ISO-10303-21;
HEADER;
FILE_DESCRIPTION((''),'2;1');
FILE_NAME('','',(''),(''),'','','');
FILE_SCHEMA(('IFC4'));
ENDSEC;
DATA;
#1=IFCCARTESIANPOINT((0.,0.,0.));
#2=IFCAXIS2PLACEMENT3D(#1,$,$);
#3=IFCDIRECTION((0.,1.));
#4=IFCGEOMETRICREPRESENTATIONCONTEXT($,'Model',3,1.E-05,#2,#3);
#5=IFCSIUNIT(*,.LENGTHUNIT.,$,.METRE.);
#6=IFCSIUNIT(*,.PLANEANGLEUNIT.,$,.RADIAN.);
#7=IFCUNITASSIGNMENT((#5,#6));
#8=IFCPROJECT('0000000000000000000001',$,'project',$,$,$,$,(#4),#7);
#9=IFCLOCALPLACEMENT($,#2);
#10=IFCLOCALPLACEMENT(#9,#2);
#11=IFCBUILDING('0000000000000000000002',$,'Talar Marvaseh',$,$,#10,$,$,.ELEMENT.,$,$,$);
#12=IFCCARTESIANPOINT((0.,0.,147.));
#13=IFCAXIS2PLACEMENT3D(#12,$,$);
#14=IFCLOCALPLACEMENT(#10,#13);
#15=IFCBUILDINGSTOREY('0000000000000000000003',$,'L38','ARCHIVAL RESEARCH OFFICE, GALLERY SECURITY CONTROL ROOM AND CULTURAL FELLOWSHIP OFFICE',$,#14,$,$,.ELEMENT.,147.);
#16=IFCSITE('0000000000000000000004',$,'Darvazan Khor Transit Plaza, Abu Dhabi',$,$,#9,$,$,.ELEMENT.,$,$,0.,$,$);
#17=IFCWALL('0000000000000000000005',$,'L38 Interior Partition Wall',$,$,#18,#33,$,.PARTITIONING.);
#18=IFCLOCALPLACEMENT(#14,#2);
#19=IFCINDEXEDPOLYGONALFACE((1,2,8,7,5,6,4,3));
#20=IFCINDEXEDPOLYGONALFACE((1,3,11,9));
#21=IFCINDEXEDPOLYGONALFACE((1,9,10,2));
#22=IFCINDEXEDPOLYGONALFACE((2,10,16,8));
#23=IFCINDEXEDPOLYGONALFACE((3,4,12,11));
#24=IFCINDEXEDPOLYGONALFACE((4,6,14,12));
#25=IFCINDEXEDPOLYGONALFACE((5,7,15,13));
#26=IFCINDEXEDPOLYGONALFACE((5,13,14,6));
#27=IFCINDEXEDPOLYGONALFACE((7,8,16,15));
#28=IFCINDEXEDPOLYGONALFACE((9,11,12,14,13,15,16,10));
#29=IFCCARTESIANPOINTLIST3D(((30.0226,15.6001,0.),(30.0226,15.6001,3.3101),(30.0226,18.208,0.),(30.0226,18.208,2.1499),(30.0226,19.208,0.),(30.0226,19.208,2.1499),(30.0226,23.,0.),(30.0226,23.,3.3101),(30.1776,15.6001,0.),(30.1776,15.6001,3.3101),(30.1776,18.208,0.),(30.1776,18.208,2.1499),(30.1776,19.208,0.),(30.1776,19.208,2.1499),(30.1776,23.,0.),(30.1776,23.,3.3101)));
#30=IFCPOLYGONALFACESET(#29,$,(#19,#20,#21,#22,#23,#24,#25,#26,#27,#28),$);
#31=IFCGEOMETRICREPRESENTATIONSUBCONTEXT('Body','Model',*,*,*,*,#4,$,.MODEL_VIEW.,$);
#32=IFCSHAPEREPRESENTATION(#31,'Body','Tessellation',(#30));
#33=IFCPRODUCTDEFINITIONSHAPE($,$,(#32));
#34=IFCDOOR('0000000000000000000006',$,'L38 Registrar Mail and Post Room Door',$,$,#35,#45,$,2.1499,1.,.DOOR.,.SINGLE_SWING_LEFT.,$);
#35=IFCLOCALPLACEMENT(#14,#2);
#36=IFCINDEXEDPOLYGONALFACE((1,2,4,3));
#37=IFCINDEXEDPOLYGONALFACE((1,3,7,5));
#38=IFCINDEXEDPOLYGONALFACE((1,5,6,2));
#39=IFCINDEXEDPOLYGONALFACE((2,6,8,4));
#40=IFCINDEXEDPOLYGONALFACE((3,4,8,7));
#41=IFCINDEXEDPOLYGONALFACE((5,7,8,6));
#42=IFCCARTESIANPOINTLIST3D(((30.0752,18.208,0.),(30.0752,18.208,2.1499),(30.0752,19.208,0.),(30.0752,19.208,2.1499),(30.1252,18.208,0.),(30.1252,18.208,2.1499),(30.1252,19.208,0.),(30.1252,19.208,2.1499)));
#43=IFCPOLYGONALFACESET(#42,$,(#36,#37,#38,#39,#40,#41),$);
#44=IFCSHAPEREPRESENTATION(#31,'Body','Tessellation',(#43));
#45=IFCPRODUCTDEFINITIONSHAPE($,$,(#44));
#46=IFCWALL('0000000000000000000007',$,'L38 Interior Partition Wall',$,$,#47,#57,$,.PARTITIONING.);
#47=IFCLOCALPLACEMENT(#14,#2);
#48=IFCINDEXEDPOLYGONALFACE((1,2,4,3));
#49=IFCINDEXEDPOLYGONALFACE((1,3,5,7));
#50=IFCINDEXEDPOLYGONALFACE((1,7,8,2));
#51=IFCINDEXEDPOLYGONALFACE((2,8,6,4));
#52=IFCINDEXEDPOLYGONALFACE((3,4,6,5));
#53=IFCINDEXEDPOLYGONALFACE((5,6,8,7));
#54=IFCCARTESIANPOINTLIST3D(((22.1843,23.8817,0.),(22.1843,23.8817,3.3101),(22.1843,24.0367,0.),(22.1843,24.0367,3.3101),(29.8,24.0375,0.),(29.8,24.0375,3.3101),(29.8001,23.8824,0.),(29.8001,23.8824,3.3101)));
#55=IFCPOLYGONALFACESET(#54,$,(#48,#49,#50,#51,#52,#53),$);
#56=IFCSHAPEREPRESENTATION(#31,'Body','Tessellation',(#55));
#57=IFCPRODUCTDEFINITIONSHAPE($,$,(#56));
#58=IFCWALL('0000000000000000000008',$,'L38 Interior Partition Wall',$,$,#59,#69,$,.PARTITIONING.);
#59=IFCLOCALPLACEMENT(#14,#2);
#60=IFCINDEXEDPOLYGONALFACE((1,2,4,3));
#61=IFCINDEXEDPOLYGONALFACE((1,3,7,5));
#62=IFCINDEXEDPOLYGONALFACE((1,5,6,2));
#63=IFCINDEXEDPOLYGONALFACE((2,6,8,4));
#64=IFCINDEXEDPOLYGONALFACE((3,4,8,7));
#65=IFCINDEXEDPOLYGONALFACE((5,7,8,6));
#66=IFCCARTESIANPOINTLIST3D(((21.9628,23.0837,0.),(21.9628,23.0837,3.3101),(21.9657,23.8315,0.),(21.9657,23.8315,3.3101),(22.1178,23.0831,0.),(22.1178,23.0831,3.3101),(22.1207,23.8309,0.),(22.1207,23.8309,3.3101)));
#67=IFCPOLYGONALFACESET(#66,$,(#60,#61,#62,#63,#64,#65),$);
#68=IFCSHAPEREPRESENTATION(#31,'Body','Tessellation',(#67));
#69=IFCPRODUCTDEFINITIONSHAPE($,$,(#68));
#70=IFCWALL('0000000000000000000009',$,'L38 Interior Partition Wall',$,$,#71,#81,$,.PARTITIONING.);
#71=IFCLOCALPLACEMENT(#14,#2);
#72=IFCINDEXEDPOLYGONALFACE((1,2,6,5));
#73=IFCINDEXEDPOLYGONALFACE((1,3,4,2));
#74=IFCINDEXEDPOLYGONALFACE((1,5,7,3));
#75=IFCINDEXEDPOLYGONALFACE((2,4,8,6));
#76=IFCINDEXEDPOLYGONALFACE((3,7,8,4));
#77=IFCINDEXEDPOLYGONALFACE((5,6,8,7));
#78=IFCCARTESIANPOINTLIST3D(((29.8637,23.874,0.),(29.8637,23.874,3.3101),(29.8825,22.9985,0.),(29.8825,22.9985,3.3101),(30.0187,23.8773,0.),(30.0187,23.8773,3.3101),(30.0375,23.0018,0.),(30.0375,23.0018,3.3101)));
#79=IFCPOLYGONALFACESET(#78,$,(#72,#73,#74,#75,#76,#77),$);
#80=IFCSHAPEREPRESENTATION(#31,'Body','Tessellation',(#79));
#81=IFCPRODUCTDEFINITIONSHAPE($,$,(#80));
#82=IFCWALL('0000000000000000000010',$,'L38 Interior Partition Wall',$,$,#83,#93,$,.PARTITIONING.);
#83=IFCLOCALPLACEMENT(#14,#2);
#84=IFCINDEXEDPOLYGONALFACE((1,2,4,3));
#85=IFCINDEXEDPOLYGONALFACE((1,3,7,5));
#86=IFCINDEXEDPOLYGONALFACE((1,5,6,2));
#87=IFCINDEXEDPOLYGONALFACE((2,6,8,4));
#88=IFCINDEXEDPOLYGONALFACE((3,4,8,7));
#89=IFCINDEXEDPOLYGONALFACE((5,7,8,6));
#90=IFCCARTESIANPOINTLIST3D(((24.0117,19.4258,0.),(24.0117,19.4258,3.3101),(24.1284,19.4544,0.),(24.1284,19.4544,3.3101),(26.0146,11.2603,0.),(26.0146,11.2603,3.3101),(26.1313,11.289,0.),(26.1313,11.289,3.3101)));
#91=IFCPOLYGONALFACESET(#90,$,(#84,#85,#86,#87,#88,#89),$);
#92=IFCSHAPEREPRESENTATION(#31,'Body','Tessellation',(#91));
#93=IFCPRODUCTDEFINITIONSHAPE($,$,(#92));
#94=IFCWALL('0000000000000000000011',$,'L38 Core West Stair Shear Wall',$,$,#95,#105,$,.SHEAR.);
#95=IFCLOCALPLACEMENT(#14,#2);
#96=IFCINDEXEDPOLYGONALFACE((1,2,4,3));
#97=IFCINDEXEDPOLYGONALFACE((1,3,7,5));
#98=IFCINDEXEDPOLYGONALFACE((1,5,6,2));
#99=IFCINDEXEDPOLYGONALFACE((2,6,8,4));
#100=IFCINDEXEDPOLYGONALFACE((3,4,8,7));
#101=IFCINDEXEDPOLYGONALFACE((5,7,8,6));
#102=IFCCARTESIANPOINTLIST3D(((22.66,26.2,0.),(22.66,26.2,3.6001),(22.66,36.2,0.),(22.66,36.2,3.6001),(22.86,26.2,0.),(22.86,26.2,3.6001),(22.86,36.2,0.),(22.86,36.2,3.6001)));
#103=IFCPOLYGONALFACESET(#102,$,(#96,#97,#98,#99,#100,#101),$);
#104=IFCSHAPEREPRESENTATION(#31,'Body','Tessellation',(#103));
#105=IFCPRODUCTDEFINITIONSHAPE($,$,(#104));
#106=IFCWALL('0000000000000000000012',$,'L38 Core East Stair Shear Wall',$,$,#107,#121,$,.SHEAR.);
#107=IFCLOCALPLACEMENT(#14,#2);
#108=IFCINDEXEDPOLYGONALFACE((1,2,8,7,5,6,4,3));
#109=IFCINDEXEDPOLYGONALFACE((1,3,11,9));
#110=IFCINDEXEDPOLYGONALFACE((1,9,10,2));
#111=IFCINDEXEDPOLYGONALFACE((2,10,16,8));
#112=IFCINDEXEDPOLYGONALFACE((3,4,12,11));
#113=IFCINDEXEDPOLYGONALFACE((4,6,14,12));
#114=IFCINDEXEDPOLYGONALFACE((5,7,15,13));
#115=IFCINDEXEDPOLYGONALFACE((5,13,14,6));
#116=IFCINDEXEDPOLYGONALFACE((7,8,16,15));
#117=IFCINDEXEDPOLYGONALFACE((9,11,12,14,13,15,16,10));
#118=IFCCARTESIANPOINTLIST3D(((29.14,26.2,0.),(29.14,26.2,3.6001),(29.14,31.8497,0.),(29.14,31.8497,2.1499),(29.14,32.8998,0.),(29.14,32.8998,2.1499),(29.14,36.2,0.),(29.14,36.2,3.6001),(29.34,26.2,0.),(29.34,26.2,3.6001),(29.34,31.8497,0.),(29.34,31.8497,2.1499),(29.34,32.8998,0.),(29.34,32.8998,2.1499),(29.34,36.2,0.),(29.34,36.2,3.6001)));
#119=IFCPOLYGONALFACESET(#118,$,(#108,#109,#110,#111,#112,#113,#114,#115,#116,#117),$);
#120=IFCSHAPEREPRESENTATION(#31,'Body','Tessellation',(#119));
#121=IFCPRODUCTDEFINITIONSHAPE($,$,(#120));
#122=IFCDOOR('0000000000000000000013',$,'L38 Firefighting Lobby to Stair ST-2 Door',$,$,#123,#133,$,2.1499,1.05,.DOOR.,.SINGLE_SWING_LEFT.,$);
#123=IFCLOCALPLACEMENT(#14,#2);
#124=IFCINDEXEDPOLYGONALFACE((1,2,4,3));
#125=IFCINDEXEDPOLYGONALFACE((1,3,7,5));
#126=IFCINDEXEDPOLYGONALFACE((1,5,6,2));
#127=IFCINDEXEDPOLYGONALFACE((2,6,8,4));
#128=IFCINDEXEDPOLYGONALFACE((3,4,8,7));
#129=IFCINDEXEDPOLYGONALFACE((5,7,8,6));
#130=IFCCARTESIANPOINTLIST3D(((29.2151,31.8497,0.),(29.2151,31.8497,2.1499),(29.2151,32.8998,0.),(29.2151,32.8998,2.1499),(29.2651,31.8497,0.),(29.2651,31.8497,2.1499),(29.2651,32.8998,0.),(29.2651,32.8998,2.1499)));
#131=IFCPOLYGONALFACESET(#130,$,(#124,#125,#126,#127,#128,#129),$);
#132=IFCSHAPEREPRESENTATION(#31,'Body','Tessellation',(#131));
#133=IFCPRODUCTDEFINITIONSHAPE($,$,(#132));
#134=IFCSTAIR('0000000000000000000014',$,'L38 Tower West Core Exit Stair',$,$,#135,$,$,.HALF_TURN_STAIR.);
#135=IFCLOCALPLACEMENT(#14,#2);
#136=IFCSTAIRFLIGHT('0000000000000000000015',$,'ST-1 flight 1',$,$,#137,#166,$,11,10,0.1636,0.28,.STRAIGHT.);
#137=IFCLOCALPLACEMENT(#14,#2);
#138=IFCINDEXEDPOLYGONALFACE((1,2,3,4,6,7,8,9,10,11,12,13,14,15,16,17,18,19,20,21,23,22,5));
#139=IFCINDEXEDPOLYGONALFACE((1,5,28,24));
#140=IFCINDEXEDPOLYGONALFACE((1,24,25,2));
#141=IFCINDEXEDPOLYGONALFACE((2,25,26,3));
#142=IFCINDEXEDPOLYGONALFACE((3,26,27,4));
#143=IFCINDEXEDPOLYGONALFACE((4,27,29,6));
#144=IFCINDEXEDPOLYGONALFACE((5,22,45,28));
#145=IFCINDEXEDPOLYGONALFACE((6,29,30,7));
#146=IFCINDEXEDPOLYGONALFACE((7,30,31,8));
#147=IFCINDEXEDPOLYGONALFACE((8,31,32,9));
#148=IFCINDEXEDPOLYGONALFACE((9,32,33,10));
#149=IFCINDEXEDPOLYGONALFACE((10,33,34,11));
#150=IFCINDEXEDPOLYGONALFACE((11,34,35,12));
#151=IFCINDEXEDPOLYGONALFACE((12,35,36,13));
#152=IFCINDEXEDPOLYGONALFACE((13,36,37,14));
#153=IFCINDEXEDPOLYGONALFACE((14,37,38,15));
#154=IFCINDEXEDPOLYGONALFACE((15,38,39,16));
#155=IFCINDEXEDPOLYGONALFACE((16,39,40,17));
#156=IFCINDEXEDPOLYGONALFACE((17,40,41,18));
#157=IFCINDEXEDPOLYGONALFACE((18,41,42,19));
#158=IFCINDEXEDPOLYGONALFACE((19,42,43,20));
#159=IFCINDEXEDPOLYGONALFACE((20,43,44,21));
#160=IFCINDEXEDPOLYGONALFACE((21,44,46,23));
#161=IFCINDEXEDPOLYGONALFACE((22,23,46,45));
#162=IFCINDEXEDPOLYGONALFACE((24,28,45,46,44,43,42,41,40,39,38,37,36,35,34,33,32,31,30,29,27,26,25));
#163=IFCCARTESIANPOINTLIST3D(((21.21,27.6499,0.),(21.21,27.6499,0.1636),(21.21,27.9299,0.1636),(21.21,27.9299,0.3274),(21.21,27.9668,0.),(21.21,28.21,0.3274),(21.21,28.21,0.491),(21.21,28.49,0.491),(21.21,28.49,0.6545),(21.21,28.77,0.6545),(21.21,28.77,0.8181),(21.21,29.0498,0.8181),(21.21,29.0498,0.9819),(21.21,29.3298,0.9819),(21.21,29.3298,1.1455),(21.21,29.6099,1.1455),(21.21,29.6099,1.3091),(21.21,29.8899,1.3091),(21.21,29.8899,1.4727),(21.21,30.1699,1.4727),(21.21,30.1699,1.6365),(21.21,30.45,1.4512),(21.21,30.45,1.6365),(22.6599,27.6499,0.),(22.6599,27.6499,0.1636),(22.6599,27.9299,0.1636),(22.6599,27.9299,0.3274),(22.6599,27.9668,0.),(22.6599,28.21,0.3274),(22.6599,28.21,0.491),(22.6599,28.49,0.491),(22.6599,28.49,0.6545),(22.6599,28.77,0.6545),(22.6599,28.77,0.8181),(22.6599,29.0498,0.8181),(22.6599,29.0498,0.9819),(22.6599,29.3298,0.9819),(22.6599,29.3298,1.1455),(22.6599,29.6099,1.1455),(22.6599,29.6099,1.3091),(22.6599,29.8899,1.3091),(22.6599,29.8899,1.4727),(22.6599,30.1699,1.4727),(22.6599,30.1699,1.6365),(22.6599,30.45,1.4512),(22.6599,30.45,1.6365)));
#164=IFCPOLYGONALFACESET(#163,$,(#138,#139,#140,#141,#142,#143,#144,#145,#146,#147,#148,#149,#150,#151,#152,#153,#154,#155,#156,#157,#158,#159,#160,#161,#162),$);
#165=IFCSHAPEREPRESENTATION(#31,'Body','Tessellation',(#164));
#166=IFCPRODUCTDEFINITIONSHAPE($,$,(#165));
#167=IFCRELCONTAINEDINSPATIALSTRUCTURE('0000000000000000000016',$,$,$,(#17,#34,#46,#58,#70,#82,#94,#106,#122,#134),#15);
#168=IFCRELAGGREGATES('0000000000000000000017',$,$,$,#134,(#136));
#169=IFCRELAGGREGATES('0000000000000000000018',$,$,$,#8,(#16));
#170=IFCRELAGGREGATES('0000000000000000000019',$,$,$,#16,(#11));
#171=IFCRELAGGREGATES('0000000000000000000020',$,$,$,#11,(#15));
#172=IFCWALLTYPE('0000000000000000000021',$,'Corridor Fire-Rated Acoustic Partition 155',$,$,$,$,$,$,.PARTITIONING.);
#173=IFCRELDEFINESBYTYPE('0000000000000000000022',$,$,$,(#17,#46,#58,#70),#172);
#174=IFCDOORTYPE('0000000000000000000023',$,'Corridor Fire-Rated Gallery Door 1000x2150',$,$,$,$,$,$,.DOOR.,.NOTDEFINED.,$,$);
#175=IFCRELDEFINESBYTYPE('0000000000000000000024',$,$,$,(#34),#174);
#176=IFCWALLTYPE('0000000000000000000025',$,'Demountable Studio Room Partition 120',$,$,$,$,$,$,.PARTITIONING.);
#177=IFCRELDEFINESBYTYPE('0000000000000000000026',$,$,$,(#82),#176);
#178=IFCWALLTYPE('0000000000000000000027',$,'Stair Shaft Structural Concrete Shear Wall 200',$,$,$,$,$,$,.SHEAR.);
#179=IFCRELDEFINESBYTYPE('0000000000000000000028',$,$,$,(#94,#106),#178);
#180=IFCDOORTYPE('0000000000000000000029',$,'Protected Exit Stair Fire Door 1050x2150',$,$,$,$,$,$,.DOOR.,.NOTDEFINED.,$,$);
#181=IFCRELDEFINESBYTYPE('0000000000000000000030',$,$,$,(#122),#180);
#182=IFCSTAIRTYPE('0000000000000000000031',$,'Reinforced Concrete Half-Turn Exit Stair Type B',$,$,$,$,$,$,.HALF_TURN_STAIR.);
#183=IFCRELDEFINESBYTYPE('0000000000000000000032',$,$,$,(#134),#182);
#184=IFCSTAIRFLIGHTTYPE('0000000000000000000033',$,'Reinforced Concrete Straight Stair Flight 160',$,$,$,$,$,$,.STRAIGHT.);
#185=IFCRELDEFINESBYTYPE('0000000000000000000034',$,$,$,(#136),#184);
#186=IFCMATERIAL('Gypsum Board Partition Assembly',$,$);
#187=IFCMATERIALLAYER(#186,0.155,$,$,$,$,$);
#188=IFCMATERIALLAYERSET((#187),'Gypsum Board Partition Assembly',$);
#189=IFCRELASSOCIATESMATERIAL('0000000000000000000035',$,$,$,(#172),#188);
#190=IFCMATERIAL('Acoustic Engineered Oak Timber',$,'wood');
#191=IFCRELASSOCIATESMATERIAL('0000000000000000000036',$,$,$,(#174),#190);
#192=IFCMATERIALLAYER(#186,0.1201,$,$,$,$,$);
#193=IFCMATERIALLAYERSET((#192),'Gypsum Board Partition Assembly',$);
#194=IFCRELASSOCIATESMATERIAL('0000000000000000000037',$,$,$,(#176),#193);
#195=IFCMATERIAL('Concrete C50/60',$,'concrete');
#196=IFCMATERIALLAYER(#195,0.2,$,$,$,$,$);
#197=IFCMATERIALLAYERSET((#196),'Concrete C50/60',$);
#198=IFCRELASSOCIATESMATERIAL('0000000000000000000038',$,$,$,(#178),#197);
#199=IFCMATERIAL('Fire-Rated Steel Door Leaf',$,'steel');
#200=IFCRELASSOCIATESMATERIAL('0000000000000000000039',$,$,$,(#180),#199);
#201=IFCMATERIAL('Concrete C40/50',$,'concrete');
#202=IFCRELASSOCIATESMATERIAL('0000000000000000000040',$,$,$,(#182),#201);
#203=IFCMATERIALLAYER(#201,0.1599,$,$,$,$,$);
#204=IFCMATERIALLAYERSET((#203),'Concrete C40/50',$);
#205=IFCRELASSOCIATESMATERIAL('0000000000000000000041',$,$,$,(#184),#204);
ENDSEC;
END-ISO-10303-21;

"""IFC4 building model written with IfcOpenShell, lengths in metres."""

from ifc_helpers import new_model, si_unit, direction, frame, frame_2d, origin, place, context, subcontext, project, spatial, polyline, rectangle, outline, extrude, source, transform, mapped, material, layer, layer_set, type_object, type_shapes, element, fill, aggregate, save


model = new_model("IFC4")

# Units and contexts
model_context = context("Model", 3, precision=1e-05, world=origin(), true_north=direction((0.0, 1.0)))
body_context = subcontext(model_context, "Body", "Model", "MODEL_VIEW")
ifc_project = project(units=[si_unit("LENGTHUNIT", "METRE"), si_unit("PLANEANGLEUNIT", "RADIAN")], contexts=[model_context])

# Site, building, storey
site_placement = place(None, origin())
site = spatial("IfcSite", under=ifc_project, at=site_placement, Name="Darvazan Khor Transit Plaza, Abu Dhabi", CompositionType="ELEMENT", RefElevation=0.0)
building_placement = place(site_placement, origin())
building = spatial("IfcBuilding", under=site, at=building_placement, Name="Talar Marvaseh", CompositionType="ELEMENT")
storey_placement = place(building_placement, frame((0.0, 0.0, 147.0)))
storey = spatial("IfcBuildingStorey", under=building, at=storey_placement, Name="L38", Description="ARCHIVAL RESEARCH OFFICE, GALLERY SECURITY CONTROL ROOM AND CULTURAL FELLOWSHIP OFFICE", CompositionType="ELEMENT", Elevation=147.0)

# Shared definitions
ifc_material_1 = material(Name="Concrete C40/50", Category="concrete")

# Shared definitions
ifc_material_2 = material(Name="Gypsum Board Partition Assembly")
ifc_layer_1 = layer(ifc_material_2, 0.155)
ifc_layer_set_1 = layer_set([ifc_layer_1], Name="Gypsum Board Partition Assembly")
wall_type_1 = type_object("IfcWallType", Name="Corridor Fire-Rated Acoustic Partition 155", PredefinedType="PARTITIONING", material=ifc_layer_set_1)
ifc_material_3 = material(Name="Acoustic Engineered Oak Timber", Category="wood")
door_type_1 = type_object("IfcDoorType", Name="Corridor Fire-Rated Gallery Door 1000x2150", OperationType="NOTDEFINED", PredefinedType="DOOR", material=ifc_material_3)
shared_shape_1 = source(origin(), body_context, "Body", "SweptSolid", [
    extrude(rectangle(XDim=1.0, YDim=2.1499, at=frame_2d((0.5, 1.075))), frame((0.0, 0.0249, 0.0), z_axis=(0.0, -1.0, 0.0), x_axis=(1.0, 0.0, 0.0)), (0.0, 0.0, 1.0), 0.05),
])
type_shapes(door_type_1, [shared_shape_1])

# Wall, opening, door
wall_1_placement = place(storey_placement, frame((30.1001, 15.6001, 0.0), z_axis=(0.0, 0.0, 1.0), x_axis=(0.0, 1.0, 0.0)))
wall_1 = element("IfcWall", 1, at=wall_1_placement, inside=storey, type_object=wall_type_1, Name="L38 Interior Partition Wall", PredefinedType="PARTITIONING", context=body_context, shape_type="SweptSolid", body=[
    extrude(rectangle(XDim=7.3999, YDim=0.155, at=frame_2d((3.7, 0.0))), origin(), (0.0, 0.0, 1.0), 3.3101),
])
opening_1_placement = place(wall_1_placement, frame((2.6079, 0.0, 0.0)))
opening_1 = element("IfcOpeningElement", 2, at=opening_1_placement, cuts=wall_1, PredefinedType="OPENING", context=body_context, shape_type="SweptSolid", body=[
    extrude(rectangle(XDim=1.0, YDim=2.1499, at=frame_2d((0.5, 1.075))), frame((0.0, 0.0874, 0.0), z_axis=(0.0, -1.0, 0.0), x_axis=(1.0, 0.0, 0.0)), (0.0, 0.0, 1.0), 0.175),
])
door_1_placement = place(opening_1_placement, origin())
door_1 = element("IfcDoor", 3, at=door_1_placement, inside=storey, type_object=door_type_1, Name="L38 Registrar Mail and Post Room Door", OperationType="SINGLE_SWING_LEFT", OverallHeight=2.1499, OverallWidth=1.0, PredefinedType="DOOR", context=body_context, shape_type="MappedRepresentation", body=[
    mapped(shared_shape_1, transform((0.0, 0.0, 0.0), x_axis=(1.0, 0.0, 0.0), y_axis=(0.0, 1.0, 0.0), z_axis=(0.0, 0.0, 1.0), scale=1.0)),
])
fill(opening_1, door_1)

# Walls
wall_2_placement = place(storey_placement, frame((29.8, 23.96, 0.0), z_axis=(0.0, 0.0, 1.0), x_axis=(-1.0, -0.000096, 0.0)))
element("IfcWall", 4, at=wall_2_placement, inside=storey, type_object=wall_type_1, Name="L38 Interior Partition Wall", PredefinedType="PARTITIONING", context=body_context, shape_type="SweptSolid", body=[
    extrude(rectangle(XDim=7.6157, YDim=0.155, at=frame_2d((3.8079, 0.0))), origin(), (0.0, 0.0, 1.0), 3.3101),
])
wall_3_placement = place(storey_placement, frame((22.0432, 23.8313, 0.0), z_axis=(0.0, 0.0, 1.0), x_axis=(-0.003918, -0.999992, 0.0)))
element("IfcWall", 5, at=wall_3_placement, inside=storey, type_object=wall_type_1, Name="L38 Interior Partition Wall", PredefinedType="PARTITIONING", context=body_context, shape_type="SweptSolid", body=[
    extrude(rectangle(XDim=0.7478, YDim=0.155, at=frame_2d((0.374, 0.0))), origin(), (0.0, 0.0, 1.0), 3.3101),
])
wall_4_placement = place(storey_placement, frame((29.96, 23.0, 0.0), z_axis=(0.0, 0.0, 1.0), x_axis=(-0.021467, 0.99977, 0.0)))
element("IfcWall", 6, at=wall_4_placement, inside=storey, type_object=wall_type_1, Name="L38 Interior Partition Wall", PredefinedType="PARTITIONING", context=body_context, shape_type="SweptSolid", body=[
    extrude(rectangle(XDim=0.8757, YDim=0.155, at=frame_2d((0.438, 0.0))), origin(), (0.0, 0.0, 1.0), 3.3101),
])
ifc_layer_2 = layer(ifc_material_2, 0.1201)
ifc_layer_set_2 = layer_set([ifc_layer_2], Name="Gypsum Board Partition Assembly")
wall_type_2 = type_object("IfcWallType", Name="Demountable Studio Room Partition 120", PredefinedType="PARTITIONING", material=ifc_layer_set_2)
wall_5_placement = place(storey_placement, frame((24.0701, 19.4399, 0.0), z_axis=(0.0, 0.0, 1.0), x_axis=(0.238229, -0.971209, 0.0)))
element("IfcWall", 7, at=wall_5_placement, inside=storey, type_object=wall_type_2, Name="L38 Interior Partition Wall", PredefinedType="PARTITIONING", context=body_context, shape_type="SweptSolid", body=[
    extrude(rectangle(XDim=8.4075, YDim=0.1201, at=frame_2d((4.2036, 0.0))), origin(), (0.0, 0.0, 1.0), 3.3101),
])
ifc_material_4 = material(Name="Concrete C50/60", Category="concrete")
ifc_layer_3 = layer(ifc_material_4, 0.2)
ifc_layer_set_3 = layer_set([ifc_layer_3], Name="Concrete C50/60")
wall_type_3 = type_object("IfcWallType", Name="Stair Shaft Structural Concrete Shear Wall 200", PredefinedType="SHEAR", material=ifc_layer_set_3)
wall_6_placement = place(storey_placement, frame((22.76, 26.2, 0.0), z_axis=(0.0, 0.0, 1.0), x_axis=(0.0, 1.0, 0.0)))
element("IfcWall", 8, at=wall_6_placement, inside=storey, type_object=wall_type_3, Name="L38 Core West Stair Shear Wall", PredefinedType="SHEAR", context=body_context, shape_type="SweptSolid", body=[
    extrude(rectangle(XDim=10.0, YDim=0.2, at=frame_2d((5.0, 0.0))), origin(), (0.0, 0.0, 1.0), 3.6001),
])

# Wall, opening, door
wall_7_placement = place(storey_placement, frame((29.24, 26.2, 0.0), z_axis=(0.0, 0.0, 1.0), x_axis=(0.0, 1.0, 0.0)))
wall_7 = element("IfcWall", 9, at=wall_7_placement, inside=storey, type_object=wall_type_3, Name="L38 Core East Stair Shear Wall", PredefinedType="SHEAR", context=body_context, shape_type="SweptSolid", body=[
    extrude(rectangle(XDim=10.0, YDim=0.2, at=frame_2d((5.0, 0.0))), origin(), (0.0, 0.0, 1.0), 3.6001),
])
opening_2_placement = place(wall_7_placement, frame((5.6499, 0.0, 0.0)))
opening_2 = element("IfcOpeningElement", 10, at=opening_2_placement, cuts=wall_7, PredefinedType="OPENING", context=body_context, shape_type="SweptSolid", body=[
    extrude(rectangle(XDim=1.05, YDim=2.1499, at=frame_2d((0.5249, 1.075))), frame((0.0, 0.1099, 0.0), z_axis=(0.0, -1.0, 0.0), x_axis=(1.0, 0.0, 0.0)), (0.0, 0.0, 1.0), 0.22),
])
ifc_material_5 = material(Name="Fire-Rated Steel Door Leaf", Category="steel")
door_type_2 = type_object("IfcDoorType", Name="Protected Exit Stair Fire Door 1050x2150", OperationType="NOTDEFINED", PredefinedType="DOOR", material=ifc_material_5)
shared_shape_2 = source(origin(), body_context, "Body", "SweptSolid", [
    extrude(rectangle(XDim=1.05, YDim=2.1499, at=frame_2d((0.5249, 1.075))), frame((0.0, 0.0249, 0.0), z_axis=(0.0, -1.0, 0.0), x_axis=(1.0, 0.0, 0.0)), (0.0, 0.0, 1.0), 0.05),
])
type_shapes(door_type_2, [shared_shape_2])
door_2_placement = place(opening_2_placement, origin())
door_2 = element("IfcDoor", 11, at=door_2_placement, inside=storey, type_object=door_type_2, Name="L38 Firefighting Lobby to Stair ST-2 Door", OperationType="SINGLE_SWING_LEFT", OverallHeight=2.1499, OverallWidth=1.05, PredefinedType="DOOR", context=body_context, shape_type="MappedRepresentation", body=[
    mapped(shared_shape_2, transform((0.0, 0.0, 0.0), x_axis=(1.0, 0.0, 0.0), y_axis=(0.0, 1.0, 0.0), z_axis=(0.0, 0.0, 1.0), scale=1.0)),
])
fill(opening_2, door_2)

# Stair, stair flight
stair_type = type_object("IfcStairType", Name="Reinforced Concrete Half-Turn Exit Stair Type B", PredefinedType="HALF_TURN_STAIR", material=ifc_material_1)
stair_placement = place(storey_placement, origin())
stair = element("IfcStair", 12, at=stair_placement, inside=storey, type_object=stair_type, Name="L38 Tower West Core Exit Stair", PredefinedType="HALF_TURN_STAIR")
ifc_layer_4 = layer(ifc_material_1, 0.1599)
ifc_layer_set_4 = layer_set([ifc_layer_4], Name="Concrete C40/50")
stair_flight_type = type_object("IfcStairFlightType", Name="Reinforced Concrete Straight Stair Flight 160", PredefinedType="STRAIGHT", material=ifc_layer_set_4)
stair_flight_placement = place(storey_placement, frame((21.9351, 27.6499, 0.0), z_axis=(0.0, 0.0, 1.0), x_axis=(0.0, 1.0, 0.0)))
stair_flight = element("IfcStairFlight", 13, at=stair_flight_placement, type_object=stair_flight_type, Name="ST-1 flight 1", NumberOfRisers=11, NumberOfTreads=10, PredefinedType="STRAIGHT", RiserHeight=0.1636, TreadLength=0.28, context=body_context, shape_type="SweptSolid", body=[
    extrude(outline(polyline([(0.0, 0.0), (0.0, 0.1636), (0.28, 0.1636), (0.28, 0.3274), (0.5601, 0.3274), (0.5601, 0.491), (0.8401, 0.491), (0.8401, 0.6545), (1.1201, 0.6545), (1.1201, 0.8181), (1.3999, 0.8181), (1.3999, 0.9819), (1.6799, 0.9819), (1.6799, 1.1455), (1.96, 1.1455), (1.96, 1.3091), (2.24, 1.3091), (2.24, 1.4727), (2.52, 1.4727), (2.52, 1.6365), (2.8, 1.6365), (2.8, 1.8), (2.8, 1.4512), (0.3169, 0.0), (0.0, 0.0)])), frame((0.0, 0.7251, 0.0), z_axis=(0.0, -1.0, 0.0), x_axis=(1.0, 0.0, 0.0)), (0.0, 0.0, 1.0), 1.45),
])
aggregate(stair, [stair_flight])

save(model, "model.ifc")
